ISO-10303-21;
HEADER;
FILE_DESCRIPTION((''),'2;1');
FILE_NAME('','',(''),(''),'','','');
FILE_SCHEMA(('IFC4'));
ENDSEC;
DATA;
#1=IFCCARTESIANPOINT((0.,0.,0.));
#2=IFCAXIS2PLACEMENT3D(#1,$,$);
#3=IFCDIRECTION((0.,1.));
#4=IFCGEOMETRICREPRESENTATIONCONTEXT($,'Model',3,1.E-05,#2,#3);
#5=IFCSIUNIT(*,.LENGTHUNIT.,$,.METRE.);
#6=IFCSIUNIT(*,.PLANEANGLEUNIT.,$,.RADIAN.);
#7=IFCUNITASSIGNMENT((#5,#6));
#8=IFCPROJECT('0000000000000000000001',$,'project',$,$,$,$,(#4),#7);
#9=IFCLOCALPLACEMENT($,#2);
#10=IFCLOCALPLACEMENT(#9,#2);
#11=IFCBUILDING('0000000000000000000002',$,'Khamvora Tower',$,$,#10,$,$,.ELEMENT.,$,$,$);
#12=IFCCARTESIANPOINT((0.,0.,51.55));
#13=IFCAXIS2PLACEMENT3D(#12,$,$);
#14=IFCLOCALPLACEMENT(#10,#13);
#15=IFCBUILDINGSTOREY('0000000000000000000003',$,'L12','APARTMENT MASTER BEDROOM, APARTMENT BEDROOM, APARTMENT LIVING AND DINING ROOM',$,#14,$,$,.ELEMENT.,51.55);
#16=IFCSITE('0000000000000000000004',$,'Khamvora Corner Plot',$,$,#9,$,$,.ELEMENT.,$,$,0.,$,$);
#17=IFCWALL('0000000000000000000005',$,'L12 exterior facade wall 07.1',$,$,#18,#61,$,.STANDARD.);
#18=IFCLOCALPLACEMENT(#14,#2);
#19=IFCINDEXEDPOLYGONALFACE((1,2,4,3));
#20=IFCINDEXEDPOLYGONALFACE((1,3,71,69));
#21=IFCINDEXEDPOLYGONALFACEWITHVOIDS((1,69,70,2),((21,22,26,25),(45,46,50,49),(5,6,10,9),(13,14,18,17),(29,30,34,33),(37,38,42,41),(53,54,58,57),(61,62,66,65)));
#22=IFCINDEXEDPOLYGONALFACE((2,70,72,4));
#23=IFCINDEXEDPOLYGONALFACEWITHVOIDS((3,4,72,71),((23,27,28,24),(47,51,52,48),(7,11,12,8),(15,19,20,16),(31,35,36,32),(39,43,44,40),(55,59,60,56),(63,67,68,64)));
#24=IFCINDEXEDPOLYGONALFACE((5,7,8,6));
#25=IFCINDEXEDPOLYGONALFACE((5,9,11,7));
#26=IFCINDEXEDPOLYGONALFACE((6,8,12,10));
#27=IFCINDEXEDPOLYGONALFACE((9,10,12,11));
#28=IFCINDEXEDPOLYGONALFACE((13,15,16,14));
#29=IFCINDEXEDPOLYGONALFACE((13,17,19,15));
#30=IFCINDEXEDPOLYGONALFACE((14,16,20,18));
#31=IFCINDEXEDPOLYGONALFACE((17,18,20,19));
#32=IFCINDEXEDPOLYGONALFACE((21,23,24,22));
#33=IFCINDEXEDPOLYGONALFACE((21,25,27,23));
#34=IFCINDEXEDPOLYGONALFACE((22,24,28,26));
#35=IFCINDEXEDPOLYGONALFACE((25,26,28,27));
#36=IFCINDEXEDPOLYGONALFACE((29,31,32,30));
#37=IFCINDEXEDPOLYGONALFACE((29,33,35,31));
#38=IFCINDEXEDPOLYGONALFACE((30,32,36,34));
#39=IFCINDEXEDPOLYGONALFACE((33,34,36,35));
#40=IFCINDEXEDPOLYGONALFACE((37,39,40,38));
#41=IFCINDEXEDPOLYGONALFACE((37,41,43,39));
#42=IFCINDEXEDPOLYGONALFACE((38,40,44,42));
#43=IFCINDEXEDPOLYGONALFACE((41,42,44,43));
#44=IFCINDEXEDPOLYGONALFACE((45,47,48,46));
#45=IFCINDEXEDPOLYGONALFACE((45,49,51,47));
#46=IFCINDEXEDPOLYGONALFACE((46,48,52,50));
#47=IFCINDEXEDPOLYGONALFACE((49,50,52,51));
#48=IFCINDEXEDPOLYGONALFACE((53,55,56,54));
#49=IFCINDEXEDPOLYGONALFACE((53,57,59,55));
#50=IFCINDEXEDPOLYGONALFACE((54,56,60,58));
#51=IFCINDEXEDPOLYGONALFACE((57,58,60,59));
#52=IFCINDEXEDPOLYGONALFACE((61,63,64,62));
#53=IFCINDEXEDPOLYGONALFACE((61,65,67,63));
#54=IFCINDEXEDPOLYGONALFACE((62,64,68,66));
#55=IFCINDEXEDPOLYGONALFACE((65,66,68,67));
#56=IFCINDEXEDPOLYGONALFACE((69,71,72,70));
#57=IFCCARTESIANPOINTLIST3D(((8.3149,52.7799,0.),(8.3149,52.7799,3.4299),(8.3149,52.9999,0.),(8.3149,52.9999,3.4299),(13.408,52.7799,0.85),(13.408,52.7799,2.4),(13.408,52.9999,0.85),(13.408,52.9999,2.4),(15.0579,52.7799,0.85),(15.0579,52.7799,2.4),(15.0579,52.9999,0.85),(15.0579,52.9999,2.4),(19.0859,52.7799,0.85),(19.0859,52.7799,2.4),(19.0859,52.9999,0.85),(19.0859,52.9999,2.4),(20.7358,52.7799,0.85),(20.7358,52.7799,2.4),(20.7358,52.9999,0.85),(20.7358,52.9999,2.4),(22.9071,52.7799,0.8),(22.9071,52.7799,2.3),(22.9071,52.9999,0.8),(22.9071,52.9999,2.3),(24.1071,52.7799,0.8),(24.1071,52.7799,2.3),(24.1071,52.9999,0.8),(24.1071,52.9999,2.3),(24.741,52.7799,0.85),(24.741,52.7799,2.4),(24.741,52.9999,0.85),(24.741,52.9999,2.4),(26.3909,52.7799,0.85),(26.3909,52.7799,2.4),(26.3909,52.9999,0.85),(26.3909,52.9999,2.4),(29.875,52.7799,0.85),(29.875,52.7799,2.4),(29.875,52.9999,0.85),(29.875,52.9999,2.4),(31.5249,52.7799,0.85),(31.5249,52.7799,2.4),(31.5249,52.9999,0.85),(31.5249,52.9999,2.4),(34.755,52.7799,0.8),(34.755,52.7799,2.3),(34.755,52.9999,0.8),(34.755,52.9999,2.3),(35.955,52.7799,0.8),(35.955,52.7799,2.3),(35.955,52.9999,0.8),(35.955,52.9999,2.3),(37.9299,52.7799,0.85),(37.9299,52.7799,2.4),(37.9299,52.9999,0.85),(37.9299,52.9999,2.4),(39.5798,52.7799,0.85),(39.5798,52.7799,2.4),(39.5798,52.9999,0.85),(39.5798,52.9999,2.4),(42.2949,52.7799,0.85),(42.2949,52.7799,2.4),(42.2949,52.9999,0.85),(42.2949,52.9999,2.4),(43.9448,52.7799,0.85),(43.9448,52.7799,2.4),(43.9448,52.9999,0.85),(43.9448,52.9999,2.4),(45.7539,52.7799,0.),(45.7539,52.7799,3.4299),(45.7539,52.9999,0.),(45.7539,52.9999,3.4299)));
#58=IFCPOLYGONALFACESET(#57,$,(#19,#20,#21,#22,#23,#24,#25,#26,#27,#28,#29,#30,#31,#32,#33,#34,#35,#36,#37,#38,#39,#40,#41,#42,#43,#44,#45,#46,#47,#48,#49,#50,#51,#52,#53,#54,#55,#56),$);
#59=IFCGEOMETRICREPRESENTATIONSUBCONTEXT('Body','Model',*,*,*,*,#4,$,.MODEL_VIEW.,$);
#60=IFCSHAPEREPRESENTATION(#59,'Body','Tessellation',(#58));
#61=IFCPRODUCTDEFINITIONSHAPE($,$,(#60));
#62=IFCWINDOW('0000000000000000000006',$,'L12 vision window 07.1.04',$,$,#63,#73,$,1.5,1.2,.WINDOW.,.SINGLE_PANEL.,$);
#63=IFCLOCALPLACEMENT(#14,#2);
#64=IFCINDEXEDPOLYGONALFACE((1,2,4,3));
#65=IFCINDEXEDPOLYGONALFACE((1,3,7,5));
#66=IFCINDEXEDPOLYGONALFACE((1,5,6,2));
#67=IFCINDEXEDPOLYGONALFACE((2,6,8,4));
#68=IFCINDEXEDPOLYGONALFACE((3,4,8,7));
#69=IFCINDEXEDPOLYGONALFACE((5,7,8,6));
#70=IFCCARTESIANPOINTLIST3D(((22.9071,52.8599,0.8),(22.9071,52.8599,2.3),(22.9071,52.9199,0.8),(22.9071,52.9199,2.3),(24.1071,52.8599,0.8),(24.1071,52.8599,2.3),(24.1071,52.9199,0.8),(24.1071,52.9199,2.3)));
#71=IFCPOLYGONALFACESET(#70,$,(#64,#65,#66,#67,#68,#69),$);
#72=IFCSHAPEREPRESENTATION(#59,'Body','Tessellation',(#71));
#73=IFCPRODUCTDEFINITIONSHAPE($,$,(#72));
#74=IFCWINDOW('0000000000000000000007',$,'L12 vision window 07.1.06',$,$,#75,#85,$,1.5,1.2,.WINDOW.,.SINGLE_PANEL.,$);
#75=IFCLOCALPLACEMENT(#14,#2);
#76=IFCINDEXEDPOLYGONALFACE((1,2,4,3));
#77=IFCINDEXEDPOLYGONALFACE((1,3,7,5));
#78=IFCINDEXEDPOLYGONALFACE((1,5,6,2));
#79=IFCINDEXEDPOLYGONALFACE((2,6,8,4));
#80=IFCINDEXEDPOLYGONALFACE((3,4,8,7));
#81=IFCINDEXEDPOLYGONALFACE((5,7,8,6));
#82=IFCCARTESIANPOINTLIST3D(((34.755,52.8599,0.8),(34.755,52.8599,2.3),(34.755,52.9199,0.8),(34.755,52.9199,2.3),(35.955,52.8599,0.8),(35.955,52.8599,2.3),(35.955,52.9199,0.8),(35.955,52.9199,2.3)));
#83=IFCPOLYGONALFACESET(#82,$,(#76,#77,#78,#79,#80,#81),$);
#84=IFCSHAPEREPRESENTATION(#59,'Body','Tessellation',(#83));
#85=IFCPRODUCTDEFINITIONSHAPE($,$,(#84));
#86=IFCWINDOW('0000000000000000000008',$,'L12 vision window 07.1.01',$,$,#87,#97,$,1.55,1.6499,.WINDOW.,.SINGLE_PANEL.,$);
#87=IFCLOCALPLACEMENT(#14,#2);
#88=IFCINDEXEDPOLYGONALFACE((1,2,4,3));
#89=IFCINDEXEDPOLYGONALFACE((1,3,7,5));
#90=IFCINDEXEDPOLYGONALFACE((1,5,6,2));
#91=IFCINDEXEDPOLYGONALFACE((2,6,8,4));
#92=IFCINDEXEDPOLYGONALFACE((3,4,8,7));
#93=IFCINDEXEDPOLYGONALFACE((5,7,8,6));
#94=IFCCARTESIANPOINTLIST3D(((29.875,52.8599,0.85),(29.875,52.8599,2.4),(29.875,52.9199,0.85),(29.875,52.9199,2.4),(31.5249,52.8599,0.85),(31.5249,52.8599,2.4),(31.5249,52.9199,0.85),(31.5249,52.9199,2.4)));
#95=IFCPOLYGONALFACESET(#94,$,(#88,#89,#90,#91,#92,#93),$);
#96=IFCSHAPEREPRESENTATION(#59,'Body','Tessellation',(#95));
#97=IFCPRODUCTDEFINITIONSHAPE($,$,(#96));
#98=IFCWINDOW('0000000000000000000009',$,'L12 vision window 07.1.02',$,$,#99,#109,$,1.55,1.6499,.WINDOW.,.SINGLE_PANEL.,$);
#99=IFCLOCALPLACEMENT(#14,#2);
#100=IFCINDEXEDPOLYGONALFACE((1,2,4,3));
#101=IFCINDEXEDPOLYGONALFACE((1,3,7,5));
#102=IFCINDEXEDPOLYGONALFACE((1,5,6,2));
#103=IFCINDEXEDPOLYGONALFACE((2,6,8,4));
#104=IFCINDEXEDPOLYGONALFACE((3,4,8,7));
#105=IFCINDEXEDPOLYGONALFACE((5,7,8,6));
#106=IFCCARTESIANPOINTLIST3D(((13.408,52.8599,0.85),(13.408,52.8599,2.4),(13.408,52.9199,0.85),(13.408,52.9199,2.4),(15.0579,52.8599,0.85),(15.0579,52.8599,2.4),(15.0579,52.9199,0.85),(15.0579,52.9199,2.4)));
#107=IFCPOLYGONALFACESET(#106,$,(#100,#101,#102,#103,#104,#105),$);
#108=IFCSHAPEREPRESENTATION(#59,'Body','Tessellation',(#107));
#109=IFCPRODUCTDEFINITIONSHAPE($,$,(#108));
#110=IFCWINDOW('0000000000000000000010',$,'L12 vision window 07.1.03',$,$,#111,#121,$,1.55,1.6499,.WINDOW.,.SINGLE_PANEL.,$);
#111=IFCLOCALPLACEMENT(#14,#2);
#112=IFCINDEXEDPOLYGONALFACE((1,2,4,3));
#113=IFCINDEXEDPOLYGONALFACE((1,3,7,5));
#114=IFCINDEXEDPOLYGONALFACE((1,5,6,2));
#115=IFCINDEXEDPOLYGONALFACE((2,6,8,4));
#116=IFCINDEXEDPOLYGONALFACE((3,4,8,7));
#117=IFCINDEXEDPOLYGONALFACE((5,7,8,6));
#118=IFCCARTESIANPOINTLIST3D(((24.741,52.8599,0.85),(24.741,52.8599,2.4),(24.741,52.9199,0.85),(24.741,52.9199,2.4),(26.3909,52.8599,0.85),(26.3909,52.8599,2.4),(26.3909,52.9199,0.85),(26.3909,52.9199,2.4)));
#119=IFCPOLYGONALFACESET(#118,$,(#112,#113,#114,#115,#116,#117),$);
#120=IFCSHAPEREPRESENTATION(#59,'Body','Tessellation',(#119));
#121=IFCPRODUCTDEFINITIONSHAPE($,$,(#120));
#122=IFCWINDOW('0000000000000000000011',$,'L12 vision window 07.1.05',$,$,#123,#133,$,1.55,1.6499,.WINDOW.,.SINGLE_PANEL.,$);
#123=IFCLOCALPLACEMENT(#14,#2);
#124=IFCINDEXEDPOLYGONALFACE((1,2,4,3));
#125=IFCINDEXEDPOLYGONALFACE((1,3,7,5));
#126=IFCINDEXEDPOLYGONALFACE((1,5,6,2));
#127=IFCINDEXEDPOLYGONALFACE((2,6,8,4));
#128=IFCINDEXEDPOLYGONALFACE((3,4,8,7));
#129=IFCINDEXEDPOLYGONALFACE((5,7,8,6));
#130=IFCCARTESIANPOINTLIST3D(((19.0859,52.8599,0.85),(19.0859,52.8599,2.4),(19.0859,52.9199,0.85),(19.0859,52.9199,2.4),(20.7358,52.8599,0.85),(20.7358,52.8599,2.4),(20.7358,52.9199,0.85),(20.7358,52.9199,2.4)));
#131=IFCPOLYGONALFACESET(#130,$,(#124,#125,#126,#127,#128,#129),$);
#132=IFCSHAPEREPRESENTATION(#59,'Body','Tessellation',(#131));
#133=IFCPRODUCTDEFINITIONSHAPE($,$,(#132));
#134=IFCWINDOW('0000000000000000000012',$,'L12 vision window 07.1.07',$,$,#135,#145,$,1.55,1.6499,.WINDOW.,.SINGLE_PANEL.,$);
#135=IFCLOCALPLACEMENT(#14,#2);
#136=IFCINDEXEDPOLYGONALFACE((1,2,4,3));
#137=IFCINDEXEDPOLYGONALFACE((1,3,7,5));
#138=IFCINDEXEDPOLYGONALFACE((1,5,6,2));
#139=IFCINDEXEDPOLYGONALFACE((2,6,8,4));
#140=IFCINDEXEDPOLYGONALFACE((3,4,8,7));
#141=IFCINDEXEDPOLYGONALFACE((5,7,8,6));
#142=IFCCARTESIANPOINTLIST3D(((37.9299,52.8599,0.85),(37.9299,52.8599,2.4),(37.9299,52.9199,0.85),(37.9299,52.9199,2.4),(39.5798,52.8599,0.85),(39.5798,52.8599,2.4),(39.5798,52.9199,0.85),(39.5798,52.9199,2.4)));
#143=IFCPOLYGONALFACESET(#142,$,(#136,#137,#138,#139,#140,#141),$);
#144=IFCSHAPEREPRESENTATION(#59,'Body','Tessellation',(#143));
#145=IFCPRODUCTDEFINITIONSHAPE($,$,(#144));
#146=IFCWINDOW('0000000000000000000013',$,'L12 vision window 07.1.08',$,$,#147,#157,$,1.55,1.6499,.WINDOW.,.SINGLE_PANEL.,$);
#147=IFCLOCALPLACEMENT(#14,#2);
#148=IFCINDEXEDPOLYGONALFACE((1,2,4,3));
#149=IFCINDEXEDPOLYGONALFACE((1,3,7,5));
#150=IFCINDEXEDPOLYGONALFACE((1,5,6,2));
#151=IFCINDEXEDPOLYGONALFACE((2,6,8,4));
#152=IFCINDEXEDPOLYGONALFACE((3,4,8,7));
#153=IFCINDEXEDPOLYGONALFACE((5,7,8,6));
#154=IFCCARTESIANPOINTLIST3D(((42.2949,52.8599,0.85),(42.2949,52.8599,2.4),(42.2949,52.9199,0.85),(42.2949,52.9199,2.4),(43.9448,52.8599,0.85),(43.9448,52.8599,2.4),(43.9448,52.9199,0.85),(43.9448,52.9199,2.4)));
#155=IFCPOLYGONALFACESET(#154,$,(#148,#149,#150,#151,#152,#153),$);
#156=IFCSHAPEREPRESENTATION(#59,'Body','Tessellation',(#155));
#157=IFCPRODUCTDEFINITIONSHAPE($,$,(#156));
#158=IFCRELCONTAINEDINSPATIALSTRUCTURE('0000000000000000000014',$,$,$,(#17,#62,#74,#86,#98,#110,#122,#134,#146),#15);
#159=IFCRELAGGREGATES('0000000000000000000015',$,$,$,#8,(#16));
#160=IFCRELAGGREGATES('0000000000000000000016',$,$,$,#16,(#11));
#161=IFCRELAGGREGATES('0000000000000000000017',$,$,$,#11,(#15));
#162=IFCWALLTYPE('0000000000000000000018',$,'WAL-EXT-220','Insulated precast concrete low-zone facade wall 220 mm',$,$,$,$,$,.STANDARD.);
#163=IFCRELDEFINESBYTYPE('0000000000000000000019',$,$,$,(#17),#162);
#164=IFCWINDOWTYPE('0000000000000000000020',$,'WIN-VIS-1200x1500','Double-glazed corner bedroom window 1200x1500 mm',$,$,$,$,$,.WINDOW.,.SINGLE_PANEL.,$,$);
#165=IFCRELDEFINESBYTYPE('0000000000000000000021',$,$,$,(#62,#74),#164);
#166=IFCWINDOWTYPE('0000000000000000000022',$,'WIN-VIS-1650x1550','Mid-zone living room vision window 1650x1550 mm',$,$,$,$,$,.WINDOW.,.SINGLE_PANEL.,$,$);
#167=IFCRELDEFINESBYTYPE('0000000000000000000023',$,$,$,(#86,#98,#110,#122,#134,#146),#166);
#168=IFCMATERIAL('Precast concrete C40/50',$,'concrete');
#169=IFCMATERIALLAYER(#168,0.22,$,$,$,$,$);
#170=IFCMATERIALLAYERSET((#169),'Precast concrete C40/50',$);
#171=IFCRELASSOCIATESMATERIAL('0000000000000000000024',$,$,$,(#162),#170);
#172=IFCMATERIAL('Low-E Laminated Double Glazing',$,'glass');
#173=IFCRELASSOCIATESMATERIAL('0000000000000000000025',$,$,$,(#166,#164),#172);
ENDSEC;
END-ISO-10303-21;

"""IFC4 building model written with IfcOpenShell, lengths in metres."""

from ifc_helpers import new_model, si_unit, direction, frame, frame_2d, origin, place, context, subcontext, project, spatial, rectangle, extrude, material, layer, layer_set, type_object, element, fill, save


model = new_model("IFC4")

# Units and contexts
model_context = context("Model", 3, precision=1e-05, world=origin(), true_north=direction((0.0, 1.0)))
body_context = subcontext(model_context, "Body", "Model", "MODEL_VIEW")
ifc_project = project(units=[si_unit("LENGTHUNIT", "METRE"), si_unit("PLANEANGLEUNIT", "RADIAN")], contexts=[model_context])

# Site, building, storey
site_placement = place(None, origin())
site = spatial("IfcSite", under=ifc_project, at=site_placement, Name="Khamvora Corner Plot", CompositionType="ELEMENT", RefElevation=0.0)
building_placement = place(site_placement, origin())
building = spatial("IfcBuilding", under=site, at=building_placement, Name="Khamvora Tower", CompositionType="ELEMENT")
storey_placement = place(building_placement, frame((0.0, 0.0, 51.55)))
storey = spatial("IfcBuildingStorey", under=building, at=storey_placement, Name="L12", Description="APARTMENT MASTER BEDROOM, APARTMENT BEDROOM, APARTMENT LIVING AND DINING ROOM", CompositionType="ELEMENT", Elevation=51.55)

# Shared definitions
ifc_material_1 = material(Name="Precast concrete C40/50", Category="concrete")
ifc_layer_1 = layer(ifc_material_1, 0.22)
ifc_layer_set_1 = layer_set([ifc_layer_1], Name="Precast concrete C40/50")
wall_type_1 = type_object("IfcWallType", Name="WAL-EXT-220", Description="Insulated precast concrete low-zone facade wall 220 mm", PredefinedType="STANDARD", material=ifc_layer_set_1)
ifc_material_2 = material(Name="Low-E Laminated Double Glazing", Category="glass")
window_type_1 = type_object("IfcWindowType", Name="WIN-VIS-1650x1550", Description="Mid-zone living room vision window 1650x1550 mm", PartitioningType="SINGLE_PANEL", PredefinedType="WINDOW", material=ifc_material_2)

# Wall, openings, windows
wall_1_placement = place(storey_placement, frame((8.3149, 52.8899, 0.0), z_axis=(0.0, 0.0, 1.0), x_axis=(1.0, 0.0, 0.0)))
wall_1 = element("IfcWall", 1, at=wall_1_placement, inside=storey, type_object=wall_type_1, Name="L12 exterior facade wall 07.1", PredefinedType="STANDARD", context=body_context, shape_type="SweptSolid", body=[
    extrude(rectangle(XDim=37.439, YDim=0.22, at=frame_2d((18.7195, 0.0))), origin(), (0.0, 0.0, 1.0), 3.4299),
])
opening_1_placement = place(wall_1_placement, frame((21.5601, 0.0, 0.8501)))
opening_1 = element("IfcOpeningElement", 2, at=opening_1_placement, cuts=wall_1, PredefinedType="OPENING", context=body_context, shape_type="SweptSolid", body=[
    extrude(rectangle(XDim=1.6499, YDim=1.55, at=frame_2d((0.825, 0.7749))), frame((0.0, 0.1199, 0.0), z_axis=(0.0, -1.0, 0.0), x_axis=(1.0, 0.0, 0.0)), (0.0, 0.0, 1.0), 0.24),
])
opening_2_placement = place(wall_1_placement, frame((5.093, 0.0, 0.8501)))
opening_2 = element("IfcOpeningElement", 3, at=opening_2_placement, cuts=wall_1, PredefinedType="OPENING", context=body_context, shape_type="SweptSolid", body=[
    extrude(rectangle(XDim=1.6499, YDim=1.55, at=frame_2d((0.825, 0.7749))), frame((0.0, 0.1199, 0.0), z_axis=(0.0, -1.0, 0.0), x_axis=(1.0, 0.0, 0.0)), (0.0, 0.0, 1.0), 0.24),
])
opening_3_placement = place(wall_1_placement, frame((16.426, 0.0, 0.8501)))
opening_3 = element("IfcOpeningElement", 4, at=opening_3_placement, cuts=wall_1, PredefinedType="OPENING", context=body_context, shape_type="SweptSolid", body=[
    extrude(rectangle(XDim=1.6499, YDim=1.55, at=frame_2d((0.825, 0.7749))), frame((0.0, 0.1199, 0.0), z_axis=(0.0, -1.0, 0.0), x_axis=(1.0, 0.0, 0.0)), (0.0, 0.0, 1.0), 0.24),
])
opening_4_placement = place(wall_1_placement, frame((14.592, 0.0, 0.8)))
opening_4 = element("IfcOpeningElement", 5, at=opening_4_placement, cuts=wall_1, PredefinedType="OPENING", context=body_context, shape_type="SweptSolid", body=[
    extrude(rectangle(XDim=1.2, YDim=1.5, at=frame_2d((0.6001, 0.75))), frame((0.0, 0.1199, 0.0), z_axis=(0.0, -1.0, 0.0), x_axis=(1.0, 0.0, 0.0)), (0.0, 0.0, 1.0), 0.24),
])
opening_5_placement = place(wall_1_placement, frame((10.771, 0.0, 0.8501)))
opening_5 = element("IfcOpeningElement", 6, at=opening_5_placement, cuts=wall_1, PredefinedType="OPENING", context=body_context, shape_type="SweptSolid", body=[
    extrude(rectangle(XDim=1.6499, YDim=1.55, at=frame_2d((0.825, 0.7749))), frame((0.0, 0.1199, 0.0), z_axis=(0.0, -1.0, 0.0), x_axis=(1.0, 0.0, 0.0)), (0.0, 0.0, 1.0), 0.24),
])
opening_6_placement = place(wall_1_placement, frame((26.4399, 0.0, 0.8)))
opening_6 = element("IfcOpeningElement", 7, at=opening_6_placement, cuts=wall_1, PredefinedType="OPENING", context=body_context, shape_type="SweptSolid", body=[
    extrude(rectangle(XDim=1.2, YDim=1.5, at=frame_2d((0.6001, 0.75))), frame((0.0, 0.1199, 0.0), z_axis=(0.0, -1.0, 0.0), x_axis=(1.0, 0.0, 0.0)), (0.0, 0.0, 1.0), 0.24),
])
opening_7_placement = place(wall_1_placement, frame((29.615, 0.0, 0.8501)))
opening_7 = element("IfcOpeningElement", 8, at=opening_7_placement, cuts=wall_1, PredefinedType="OPENING", context=body_context, shape_type="SweptSolid", body=[
    extrude(rectangle(XDim=1.6499, YDim=1.55, at=frame_2d((0.825, 0.7749))), frame((0.0, 0.1199, 0.0), z_axis=(0.0, -1.0, 0.0), x_axis=(1.0, 0.0, 0.0)), (0.0, 0.0, 1.0), 0.24),
])
opening_8_placement = place(wall_1_placement, frame((33.98, 0.0, 0.8501)))
opening_8 = element("IfcOpeningElement", 9, at=opening_8_placement, cuts=wall_1, PredefinedType="OPENING", context=body_context, shape_type="SweptSolid", body=[
    extrude(rectangle(XDim=1.6499, YDim=1.55, at=frame_2d((0.825, 0.7749))), frame((0.0, 0.1199, 0.0), z_axis=(0.0, -1.0, 0.0), x_axis=(1.0, 0.0, 0.0)), (0.0, 0.0, 1.0), 0.24),
])
window_type_2 = type_object("IfcWindowType", Name="WIN-VIS-1200x1500", Description="Double-glazed corner bedroom window 1200x1500 mm", PartitioningType="SINGLE_PANEL", PredefinedType="WINDOW", material=ifc_material_2)
window_1_placement = place(opening_4_placement, origin())
window_1 = element("IfcWindow", 10, at=window_1_placement, inside=storey, type_object=window_type_2, Name="L12 vision window 07.1.04", OverallHeight=1.5, OverallWidth=1.2, PartitioningType="SINGLE_PANEL", PredefinedType="WINDOW", context=body_context, shape_type="SweptSolid", body=[
    extrude(rectangle(XDim=1.2, YDim=1.5, at=frame_2d((0.6001, 0.75))), frame((0.0, 0.03, 0.0), z_axis=(0.0, -1.0, 0.0), x_axis=(1.0, 0.0, 0.0)), (0.0, 0.0, 1.0), 0.0601),
])
fill(opening_4, window_1)
window_2_placement = place(opening_6_placement, origin())
window_2 = element("IfcWindow", 11, at=window_2_placement, inside=storey, type_object=window_type_2, Name="L12 vision window 07.1.06", OverallHeight=1.5, OverallWidth=1.2, PartitioningType="SINGLE_PANEL", PredefinedType="WINDOW", context=body_context, shape_type="SweptSolid", body=[
    extrude(rectangle(XDim=1.2, YDim=1.5, at=frame_2d((0.6001, 0.75))), frame((0.0, 0.03, 0.0), z_axis=(0.0, -1.0, 0.0), x_axis=(1.0, 0.0, 0.0)), (0.0, 0.0, 1.0), 0.0601),
])
fill(opening_6, window_2)
window_3_placement = place(opening_1_placement, origin())
window_3 = element("IfcWindow", 12, at=window_3_placement, inside=storey, type_object=window_type_1, Name="L12 vision window 07.1.01", OverallHeight=1.55, OverallWidth=1.6499, PartitioningType="SINGLE_PANEL", PredefinedType="WINDOW", context=body_context, shape_type="SweptSolid", body=[
    extrude(rectangle(XDim=1.6499, YDim=1.55, at=frame_2d((0.825, 0.7749))), frame((0.0, 0.03, 0.0), z_axis=(0.0, -1.0, 0.0), x_axis=(1.0, 0.0, 0.0)), (0.0, 0.0, 1.0), 0.0601),
])
fill(opening_1, window_3)
window_4_placement = place(opening_2_placement, origin())
window_4 = element("IfcWindow", 13, at=window_4_placement, inside=storey, type_object=window_type_1, Name="L12 vision window 07.1.02", OverallHeight=1.55, OverallWidth=1.6499, PartitioningType="SINGLE_PANEL", PredefinedType="WINDOW", context=body_context, shape_type="SweptSolid", body=[
    extrude(rectangle(XDim=1.6499, YDim=1.55, at=frame_2d((0.825, 0.7749))), frame((0.0, 0.03, 0.0), z_axis=(0.0, -1.0, 0.0), x_axis=(1.0, 0.0, 0.0)), (0.0, 0.0, 1.0), 0.0601),
])
fill(opening_2, window_4)
window_5_placement = place(opening_3_placement, origin())
window_5 = element("IfcWindow", 14, at=window_5_placement, inside=storey, type_object=window_type_1, Name="L12 vision window 07.1.03", OverallHeight=1.55, OverallWidth=1.6499, PartitioningType="SINGLE_PANEL", PredefinedType="WINDOW", context=body_context, shape_type="SweptSolid", body=[
    extrude(rectangle(XDim=1.6499, YDim=1.55, at=frame_2d((0.825, 0.7749))), frame((0.0, 0.03, 0.0), z_axis=(0.0, -1.0, 0.0), x_axis=(1.0, 0.0, 0.0)), (0.0, 0.0, 1.0), 0.0601),
])
fill(opening_3, window_5)
window_6_placement = place(opening_5_placement, origin())
window_6 = element("IfcWindow", 15, at=window_6_placement, inside=storey, type_object=window_type_1, Name="L12 vision window 07.1.05", OverallHeight=1.55, OverallWidth=1.6499, PartitioningType="SINGLE_PANEL", PredefinedType="WINDOW", context=body_context, shape_type="SweptSolid", body=[
    extrude(rectangle(XDim=1.6499, YDim=1.55, at=frame_2d((0.825, 0.7749))), frame((0.0, 0.03, 0.0), z_axis=(0.0, -1.0, 0.0), x_axis=(1.0, 0.0, 0.0)), (0.0, 0.0, 1.0), 0.0601),
])
fill(opening_5, window_6)
window_7_placement = place(opening_7_placement, origin())
window_7 = element("IfcWindow", 16, at=window_7_placement, inside=storey, type_object=window_type_1, Name="L12 vision window 07.1.07", OverallHeight=1.55, OverallWidth=1.6499, PartitioningType="SINGLE_PANEL", PredefinedType="WINDOW", context=body_context, shape_type="SweptSolid", body=[
    extrude(rectangle(XDim=1.6499, YDim=1.55, at=frame_2d((0.825, 0.7749))), frame((0.0, 0.03, 0.0), z_axis=(0.0, -1.0, 0.0), x_axis=(1.0, 0.0, 0.0)), (0.0, 0.0, 1.0), 0.0601),
])
fill(opening_7, window_7)
window_8_placement = place(opening_8_placement, origin())
window_8 = element("IfcWindow", 17, at=window_8_placement, inside=storey, type_object=window_type_1, Name="L12 vision window 07.1.08", OverallHeight=1.55, OverallWidth=1.6499, PartitioningType="SINGLE_PANEL", PredefinedType="WINDOW", context=body_context, shape_type="SweptSolid", body=[
    extrude(rectangle(XDim=1.6499, YDim=1.55, at=frame_2d((0.825, 0.7749))), frame((0.0, 0.03, 0.0), z_axis=(0.0, -1.0, 0.0), x_axis=(1.0, 0.0, 0.0)), (0.0, 0.0, 1.0), 0.0601),
])
fill(opening_8, window_8)

save(model, "model.ifc")
